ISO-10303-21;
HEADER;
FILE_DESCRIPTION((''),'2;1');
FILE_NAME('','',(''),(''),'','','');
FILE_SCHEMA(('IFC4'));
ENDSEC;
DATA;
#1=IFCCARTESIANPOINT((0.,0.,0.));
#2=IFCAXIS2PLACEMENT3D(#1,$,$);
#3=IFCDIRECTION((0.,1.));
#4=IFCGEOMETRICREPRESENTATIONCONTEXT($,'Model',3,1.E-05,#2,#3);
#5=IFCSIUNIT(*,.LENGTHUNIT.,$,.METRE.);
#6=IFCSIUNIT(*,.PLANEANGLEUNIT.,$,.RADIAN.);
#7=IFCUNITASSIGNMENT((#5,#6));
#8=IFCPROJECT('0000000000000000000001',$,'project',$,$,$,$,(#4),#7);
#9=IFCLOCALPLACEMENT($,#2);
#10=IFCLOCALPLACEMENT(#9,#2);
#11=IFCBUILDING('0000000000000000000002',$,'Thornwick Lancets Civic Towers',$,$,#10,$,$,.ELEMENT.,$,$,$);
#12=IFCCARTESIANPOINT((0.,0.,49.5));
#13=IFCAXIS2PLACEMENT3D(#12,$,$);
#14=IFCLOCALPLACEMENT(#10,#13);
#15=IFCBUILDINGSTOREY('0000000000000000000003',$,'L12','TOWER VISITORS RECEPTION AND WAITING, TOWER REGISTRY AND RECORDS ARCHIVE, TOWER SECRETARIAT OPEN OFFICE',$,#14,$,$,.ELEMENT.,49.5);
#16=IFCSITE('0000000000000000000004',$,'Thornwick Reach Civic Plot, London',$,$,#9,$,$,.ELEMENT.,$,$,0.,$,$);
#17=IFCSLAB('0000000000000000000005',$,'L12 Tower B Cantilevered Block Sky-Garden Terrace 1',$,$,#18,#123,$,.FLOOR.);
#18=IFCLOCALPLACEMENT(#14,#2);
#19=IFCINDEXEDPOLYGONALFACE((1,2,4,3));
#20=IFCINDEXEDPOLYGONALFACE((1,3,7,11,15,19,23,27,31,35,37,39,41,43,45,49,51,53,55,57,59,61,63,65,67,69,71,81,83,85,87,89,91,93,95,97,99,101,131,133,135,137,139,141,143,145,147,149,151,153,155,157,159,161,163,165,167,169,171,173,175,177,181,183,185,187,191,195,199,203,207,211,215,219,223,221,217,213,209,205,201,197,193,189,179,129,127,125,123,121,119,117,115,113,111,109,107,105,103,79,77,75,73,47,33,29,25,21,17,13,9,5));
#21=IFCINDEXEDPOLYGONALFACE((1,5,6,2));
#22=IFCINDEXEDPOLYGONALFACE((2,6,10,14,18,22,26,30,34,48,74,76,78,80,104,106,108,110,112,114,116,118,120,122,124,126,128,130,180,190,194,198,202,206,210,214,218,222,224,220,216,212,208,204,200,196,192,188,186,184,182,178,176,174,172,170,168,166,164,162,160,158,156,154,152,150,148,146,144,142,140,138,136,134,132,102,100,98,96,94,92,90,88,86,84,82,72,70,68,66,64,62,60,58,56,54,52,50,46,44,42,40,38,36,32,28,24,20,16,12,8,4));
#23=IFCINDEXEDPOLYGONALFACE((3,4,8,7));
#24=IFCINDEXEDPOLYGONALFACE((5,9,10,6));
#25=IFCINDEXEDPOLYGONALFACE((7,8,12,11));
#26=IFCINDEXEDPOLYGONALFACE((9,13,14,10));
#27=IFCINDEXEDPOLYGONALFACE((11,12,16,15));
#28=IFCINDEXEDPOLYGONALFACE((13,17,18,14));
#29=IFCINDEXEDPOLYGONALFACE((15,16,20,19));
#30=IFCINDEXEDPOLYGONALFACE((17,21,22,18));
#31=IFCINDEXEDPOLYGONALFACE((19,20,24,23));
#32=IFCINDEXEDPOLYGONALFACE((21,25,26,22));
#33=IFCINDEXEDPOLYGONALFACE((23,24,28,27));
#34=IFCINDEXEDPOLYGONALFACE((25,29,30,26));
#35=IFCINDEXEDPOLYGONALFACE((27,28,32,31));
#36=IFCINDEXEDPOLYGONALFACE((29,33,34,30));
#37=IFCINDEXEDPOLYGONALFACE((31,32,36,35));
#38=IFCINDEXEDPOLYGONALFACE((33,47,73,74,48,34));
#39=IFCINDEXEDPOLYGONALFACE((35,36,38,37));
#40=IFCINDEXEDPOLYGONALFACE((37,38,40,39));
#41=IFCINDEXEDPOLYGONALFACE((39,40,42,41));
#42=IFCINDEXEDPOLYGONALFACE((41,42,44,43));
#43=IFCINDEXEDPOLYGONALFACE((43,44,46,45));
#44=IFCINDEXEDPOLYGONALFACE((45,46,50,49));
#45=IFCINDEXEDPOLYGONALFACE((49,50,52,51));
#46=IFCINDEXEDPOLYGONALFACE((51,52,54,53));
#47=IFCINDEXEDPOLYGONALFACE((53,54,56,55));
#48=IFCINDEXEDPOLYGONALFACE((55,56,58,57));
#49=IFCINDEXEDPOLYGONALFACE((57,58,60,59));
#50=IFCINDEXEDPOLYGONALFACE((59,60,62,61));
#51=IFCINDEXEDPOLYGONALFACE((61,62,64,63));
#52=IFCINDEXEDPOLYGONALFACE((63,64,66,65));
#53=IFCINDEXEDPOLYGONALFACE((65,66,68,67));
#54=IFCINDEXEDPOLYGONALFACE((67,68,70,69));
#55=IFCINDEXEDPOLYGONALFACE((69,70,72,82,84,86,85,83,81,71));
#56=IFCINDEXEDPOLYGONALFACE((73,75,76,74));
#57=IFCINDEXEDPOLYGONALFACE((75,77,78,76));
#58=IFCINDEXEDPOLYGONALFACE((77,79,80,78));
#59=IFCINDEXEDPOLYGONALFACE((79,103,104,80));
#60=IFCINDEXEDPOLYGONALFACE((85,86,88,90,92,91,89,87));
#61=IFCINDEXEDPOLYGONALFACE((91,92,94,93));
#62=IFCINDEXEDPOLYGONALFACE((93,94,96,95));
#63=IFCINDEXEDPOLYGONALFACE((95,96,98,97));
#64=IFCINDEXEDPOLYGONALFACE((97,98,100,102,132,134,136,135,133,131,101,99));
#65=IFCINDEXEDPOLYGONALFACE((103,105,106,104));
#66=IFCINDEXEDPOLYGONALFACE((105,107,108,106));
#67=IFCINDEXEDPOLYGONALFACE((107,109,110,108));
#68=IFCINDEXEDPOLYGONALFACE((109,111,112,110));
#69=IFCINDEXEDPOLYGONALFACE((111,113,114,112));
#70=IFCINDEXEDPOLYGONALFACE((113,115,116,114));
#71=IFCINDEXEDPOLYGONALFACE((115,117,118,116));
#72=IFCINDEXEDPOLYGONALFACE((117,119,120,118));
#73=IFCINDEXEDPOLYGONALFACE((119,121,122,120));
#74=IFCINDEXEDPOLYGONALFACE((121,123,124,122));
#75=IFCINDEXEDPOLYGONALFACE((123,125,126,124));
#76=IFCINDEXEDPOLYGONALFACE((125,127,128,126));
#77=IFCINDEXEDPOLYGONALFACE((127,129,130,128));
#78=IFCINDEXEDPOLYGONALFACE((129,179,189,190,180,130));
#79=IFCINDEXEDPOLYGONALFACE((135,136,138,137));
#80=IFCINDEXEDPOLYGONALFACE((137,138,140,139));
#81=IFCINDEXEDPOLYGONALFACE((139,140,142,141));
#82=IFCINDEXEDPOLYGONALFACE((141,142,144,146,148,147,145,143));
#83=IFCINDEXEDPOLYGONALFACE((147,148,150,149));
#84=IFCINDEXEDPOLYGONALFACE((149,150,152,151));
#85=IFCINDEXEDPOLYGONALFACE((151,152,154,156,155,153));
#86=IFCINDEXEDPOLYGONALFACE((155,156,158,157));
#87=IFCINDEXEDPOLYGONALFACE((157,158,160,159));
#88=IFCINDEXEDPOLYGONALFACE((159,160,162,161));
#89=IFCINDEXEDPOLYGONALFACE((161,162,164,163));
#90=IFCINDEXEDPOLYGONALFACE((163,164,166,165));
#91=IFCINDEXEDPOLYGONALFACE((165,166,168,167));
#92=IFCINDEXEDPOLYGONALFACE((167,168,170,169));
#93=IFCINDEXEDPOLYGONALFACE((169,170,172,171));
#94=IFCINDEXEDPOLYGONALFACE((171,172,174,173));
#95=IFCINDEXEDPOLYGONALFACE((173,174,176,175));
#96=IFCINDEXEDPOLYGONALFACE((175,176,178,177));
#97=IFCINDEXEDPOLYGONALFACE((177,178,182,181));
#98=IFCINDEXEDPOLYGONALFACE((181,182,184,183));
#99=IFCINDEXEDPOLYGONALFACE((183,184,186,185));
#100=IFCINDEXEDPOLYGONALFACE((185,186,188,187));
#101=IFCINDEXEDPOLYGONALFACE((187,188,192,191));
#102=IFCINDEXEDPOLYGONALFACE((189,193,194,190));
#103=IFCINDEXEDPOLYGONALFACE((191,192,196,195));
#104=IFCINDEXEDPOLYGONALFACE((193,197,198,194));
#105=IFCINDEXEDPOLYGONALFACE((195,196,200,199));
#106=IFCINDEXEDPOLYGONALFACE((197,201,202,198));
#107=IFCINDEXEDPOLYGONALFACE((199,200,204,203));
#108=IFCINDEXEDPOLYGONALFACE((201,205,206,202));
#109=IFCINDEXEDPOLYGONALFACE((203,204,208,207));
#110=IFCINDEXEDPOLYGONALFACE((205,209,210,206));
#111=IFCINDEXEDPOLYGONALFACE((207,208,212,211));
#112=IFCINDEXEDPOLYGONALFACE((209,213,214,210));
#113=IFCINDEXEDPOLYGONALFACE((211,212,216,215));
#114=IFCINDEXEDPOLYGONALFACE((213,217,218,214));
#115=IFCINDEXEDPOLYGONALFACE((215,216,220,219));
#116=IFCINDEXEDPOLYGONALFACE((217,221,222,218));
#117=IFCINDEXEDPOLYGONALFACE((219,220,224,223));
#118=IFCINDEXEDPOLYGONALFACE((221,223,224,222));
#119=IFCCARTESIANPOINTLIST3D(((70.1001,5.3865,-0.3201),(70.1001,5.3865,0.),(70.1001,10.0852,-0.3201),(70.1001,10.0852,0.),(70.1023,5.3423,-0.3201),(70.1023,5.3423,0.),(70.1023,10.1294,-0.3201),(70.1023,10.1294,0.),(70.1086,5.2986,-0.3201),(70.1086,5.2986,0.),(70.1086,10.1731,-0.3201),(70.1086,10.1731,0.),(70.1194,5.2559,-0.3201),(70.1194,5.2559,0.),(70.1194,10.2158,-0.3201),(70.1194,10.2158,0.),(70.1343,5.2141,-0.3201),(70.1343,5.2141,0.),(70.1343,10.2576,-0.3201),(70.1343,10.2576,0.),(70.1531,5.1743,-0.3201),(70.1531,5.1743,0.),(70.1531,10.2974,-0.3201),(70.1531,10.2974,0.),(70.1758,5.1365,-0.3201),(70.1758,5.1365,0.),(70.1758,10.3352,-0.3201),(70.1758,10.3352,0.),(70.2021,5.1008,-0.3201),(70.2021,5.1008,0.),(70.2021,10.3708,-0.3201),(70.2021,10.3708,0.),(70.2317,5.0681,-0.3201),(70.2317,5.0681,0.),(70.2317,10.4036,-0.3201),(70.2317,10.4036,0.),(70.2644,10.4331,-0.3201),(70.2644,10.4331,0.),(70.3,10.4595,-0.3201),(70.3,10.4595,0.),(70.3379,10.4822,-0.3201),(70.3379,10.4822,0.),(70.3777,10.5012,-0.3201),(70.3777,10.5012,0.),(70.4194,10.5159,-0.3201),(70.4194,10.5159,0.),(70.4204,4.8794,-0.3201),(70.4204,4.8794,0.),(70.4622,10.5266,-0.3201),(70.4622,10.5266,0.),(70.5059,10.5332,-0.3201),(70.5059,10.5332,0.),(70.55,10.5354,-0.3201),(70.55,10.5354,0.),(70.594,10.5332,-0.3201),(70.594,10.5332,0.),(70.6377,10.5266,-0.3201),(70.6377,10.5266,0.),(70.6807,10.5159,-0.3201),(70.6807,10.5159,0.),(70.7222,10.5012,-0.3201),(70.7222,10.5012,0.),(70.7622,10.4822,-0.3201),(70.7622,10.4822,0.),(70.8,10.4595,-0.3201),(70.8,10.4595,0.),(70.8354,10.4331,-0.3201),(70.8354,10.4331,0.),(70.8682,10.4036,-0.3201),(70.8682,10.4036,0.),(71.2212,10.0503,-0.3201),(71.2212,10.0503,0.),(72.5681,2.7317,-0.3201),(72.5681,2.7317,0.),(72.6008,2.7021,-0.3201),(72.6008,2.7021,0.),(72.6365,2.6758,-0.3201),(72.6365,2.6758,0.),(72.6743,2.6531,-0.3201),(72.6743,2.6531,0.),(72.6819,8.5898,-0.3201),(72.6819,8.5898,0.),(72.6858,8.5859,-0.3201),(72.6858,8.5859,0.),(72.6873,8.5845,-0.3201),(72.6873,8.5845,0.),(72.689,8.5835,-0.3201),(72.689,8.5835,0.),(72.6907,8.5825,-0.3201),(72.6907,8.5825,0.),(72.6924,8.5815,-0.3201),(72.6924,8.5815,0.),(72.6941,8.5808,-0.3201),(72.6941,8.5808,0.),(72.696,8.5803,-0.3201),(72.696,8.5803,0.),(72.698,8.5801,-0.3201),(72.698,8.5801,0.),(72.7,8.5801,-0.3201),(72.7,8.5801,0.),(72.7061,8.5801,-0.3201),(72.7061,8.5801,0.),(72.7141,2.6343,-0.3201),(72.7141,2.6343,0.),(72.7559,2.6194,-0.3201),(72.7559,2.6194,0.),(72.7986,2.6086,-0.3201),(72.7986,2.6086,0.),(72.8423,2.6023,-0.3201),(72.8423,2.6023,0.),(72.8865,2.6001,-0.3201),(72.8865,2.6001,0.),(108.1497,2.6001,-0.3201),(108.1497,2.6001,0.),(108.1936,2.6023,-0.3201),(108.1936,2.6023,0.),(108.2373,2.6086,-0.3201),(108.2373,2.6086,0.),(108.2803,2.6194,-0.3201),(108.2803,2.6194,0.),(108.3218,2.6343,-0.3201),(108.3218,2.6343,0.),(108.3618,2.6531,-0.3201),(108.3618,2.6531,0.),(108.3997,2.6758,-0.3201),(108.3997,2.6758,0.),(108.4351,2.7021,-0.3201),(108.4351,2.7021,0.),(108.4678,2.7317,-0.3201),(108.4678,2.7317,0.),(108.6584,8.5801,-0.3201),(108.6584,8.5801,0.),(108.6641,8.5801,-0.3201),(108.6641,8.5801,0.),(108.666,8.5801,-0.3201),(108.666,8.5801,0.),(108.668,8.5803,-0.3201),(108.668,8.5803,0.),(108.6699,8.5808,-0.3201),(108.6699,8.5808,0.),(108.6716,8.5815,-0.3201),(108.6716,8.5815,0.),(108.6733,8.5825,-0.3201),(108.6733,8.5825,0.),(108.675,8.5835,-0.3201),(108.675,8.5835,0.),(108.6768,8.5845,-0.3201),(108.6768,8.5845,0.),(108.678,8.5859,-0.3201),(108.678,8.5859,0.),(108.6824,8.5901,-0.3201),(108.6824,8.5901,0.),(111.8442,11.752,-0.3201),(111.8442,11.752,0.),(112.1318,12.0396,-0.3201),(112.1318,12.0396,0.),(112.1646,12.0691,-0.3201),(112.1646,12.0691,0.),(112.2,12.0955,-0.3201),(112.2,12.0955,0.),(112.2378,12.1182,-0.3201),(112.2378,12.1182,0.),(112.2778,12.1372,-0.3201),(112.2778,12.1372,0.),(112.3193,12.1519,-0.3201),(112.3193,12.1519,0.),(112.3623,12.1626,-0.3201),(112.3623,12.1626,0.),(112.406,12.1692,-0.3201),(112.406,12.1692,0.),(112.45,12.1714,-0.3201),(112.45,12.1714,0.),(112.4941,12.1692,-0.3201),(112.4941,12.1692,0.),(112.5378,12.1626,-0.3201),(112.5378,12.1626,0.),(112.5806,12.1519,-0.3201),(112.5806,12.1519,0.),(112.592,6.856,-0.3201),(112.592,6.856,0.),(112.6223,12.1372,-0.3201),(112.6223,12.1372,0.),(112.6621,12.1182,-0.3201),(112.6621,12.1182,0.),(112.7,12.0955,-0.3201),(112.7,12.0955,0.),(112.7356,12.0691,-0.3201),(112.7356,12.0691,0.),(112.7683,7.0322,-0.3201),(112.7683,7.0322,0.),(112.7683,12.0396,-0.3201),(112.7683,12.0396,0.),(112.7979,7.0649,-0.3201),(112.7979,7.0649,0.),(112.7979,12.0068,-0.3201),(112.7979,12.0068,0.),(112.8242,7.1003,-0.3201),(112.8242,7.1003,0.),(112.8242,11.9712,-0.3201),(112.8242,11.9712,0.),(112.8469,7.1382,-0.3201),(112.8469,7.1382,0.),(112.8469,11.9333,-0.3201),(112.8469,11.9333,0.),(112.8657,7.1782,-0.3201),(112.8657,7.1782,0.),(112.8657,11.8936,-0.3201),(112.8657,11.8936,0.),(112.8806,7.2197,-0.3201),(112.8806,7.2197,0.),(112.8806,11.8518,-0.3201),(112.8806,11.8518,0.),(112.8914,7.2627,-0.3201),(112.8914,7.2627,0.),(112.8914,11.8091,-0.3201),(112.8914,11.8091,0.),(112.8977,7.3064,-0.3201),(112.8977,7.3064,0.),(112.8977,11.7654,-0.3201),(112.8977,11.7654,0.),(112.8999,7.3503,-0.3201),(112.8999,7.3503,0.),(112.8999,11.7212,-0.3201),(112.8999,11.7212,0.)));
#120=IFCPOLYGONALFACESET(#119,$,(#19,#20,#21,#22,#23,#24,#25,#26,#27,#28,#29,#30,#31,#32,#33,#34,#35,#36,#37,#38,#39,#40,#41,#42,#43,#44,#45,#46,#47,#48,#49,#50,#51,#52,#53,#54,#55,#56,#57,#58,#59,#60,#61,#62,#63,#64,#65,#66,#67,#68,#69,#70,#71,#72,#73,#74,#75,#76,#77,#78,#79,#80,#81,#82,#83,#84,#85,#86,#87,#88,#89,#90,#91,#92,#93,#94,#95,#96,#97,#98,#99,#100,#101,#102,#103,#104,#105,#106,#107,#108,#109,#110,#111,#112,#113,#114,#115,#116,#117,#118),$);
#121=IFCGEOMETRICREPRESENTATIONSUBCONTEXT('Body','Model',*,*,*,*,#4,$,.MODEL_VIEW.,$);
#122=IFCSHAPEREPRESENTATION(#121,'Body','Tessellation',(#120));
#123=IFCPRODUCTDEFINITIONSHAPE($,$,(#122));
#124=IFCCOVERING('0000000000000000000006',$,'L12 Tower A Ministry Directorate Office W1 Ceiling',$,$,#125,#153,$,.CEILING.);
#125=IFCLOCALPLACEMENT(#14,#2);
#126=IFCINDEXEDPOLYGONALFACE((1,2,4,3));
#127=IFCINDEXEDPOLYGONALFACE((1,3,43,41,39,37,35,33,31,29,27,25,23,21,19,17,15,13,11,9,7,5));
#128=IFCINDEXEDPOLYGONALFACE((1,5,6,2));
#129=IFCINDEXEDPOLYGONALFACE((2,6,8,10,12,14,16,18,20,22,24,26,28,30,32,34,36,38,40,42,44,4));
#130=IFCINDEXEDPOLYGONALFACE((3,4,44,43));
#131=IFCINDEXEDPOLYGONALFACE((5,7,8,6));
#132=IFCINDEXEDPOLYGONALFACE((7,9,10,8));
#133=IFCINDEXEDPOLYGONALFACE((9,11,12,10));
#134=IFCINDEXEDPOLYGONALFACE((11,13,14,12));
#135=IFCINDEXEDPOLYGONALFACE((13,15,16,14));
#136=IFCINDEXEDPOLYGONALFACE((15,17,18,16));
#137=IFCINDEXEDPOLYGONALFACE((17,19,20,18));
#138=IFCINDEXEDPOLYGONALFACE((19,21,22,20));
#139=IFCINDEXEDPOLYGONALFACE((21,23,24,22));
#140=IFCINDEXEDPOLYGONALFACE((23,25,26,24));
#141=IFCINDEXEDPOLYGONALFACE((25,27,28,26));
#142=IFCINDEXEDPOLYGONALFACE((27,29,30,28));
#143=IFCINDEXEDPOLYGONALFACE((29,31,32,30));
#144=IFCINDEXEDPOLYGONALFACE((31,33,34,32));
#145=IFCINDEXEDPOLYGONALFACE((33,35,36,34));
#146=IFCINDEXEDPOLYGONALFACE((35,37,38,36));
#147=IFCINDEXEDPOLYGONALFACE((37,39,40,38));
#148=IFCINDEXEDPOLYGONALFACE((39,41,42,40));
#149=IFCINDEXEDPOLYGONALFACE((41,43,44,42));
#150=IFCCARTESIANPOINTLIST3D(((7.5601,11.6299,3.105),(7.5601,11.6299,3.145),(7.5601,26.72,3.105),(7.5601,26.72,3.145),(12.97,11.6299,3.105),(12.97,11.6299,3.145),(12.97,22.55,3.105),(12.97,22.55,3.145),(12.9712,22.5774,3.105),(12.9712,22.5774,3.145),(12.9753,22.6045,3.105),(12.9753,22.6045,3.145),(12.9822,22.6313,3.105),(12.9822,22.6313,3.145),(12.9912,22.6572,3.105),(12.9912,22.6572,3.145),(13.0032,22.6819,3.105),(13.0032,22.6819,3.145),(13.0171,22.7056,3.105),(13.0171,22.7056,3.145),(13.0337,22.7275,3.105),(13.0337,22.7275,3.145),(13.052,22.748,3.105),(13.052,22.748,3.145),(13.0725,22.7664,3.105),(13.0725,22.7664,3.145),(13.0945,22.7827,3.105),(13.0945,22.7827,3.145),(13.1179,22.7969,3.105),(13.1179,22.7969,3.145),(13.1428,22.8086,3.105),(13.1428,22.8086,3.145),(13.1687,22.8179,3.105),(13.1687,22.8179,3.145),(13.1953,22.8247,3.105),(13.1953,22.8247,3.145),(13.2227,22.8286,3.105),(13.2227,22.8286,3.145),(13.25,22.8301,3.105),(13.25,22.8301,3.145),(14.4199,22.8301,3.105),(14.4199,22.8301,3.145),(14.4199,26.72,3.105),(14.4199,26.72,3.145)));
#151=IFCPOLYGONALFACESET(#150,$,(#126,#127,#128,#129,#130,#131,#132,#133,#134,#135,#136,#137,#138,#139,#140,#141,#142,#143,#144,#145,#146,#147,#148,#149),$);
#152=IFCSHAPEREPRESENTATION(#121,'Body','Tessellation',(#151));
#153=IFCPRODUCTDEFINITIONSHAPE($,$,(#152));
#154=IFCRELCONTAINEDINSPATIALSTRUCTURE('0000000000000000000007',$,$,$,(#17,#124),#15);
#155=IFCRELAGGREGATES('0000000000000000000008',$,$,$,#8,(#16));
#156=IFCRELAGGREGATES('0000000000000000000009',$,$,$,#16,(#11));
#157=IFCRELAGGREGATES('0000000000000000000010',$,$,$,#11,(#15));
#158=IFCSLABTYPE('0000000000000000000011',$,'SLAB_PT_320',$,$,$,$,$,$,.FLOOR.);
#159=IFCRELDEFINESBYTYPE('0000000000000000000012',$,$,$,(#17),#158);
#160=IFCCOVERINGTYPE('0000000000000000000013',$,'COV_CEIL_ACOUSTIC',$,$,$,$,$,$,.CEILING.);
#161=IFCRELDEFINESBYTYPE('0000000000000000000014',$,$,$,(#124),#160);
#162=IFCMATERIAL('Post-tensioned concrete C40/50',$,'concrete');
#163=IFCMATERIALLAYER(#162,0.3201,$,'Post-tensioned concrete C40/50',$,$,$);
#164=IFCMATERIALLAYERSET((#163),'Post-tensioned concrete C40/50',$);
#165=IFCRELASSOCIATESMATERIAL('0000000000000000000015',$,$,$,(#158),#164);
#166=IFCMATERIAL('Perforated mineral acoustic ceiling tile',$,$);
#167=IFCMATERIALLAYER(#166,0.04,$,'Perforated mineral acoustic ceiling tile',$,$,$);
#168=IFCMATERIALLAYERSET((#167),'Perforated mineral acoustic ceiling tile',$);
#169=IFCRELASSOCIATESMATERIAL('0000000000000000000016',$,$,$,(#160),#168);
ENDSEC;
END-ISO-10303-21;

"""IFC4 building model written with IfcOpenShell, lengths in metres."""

from ifc_helpers import new_model, si_unit, direction, frame, origin, place, context, subcontext, project, spatial, polyline, outline, extrude, material, layer, layer_set, type_object, element, save


model = new_model("IFC4")

# Units and contexts
model_context = context("Model", 3, precision=1e-05, world=origin(), true_north=direction((0.0, 1.0)))
body_context = subcontext(model_context, "Body", "Model", "MODEL_VIEW")
ifc_project = project(units=[si_unit("LENGTHUNIT", "METRE"), si_unit("PLANEANGLEUNIT", "RADIAN")], contexts=[model_context])

# Site, building, storey
site_placement = place(None, origin())
site = spatial("IfcSite", under=ifc_project, at=site_placement, Name="Thornwick Reach Civic Plot, London", CompositionType="ELEMENT", RefElevation=0.0)
building_placement = place(site_placement, origin())
building = spatial("IfcBuilding", under=site, at=building_placement, Name="Thornwick Lancets Civic Towers", CompositionType="ELEMENT")
storey_placement = place(building_placement, frame((0.0, 0.0, 49.5)))
storey = spatial("IfcBuildingStorey", under=building, at=storey_placement, Name="L12", Description="TOWER VISITORS RECEPTION AND WAITING, TOWER REGISTRY AND RECORDS ARCHIVE, TOWER SECRETARIAT OPEN OFFICE", CompositionType="ELEMENT", Elevation=49.5)

# Slab
ifc_material_1 = material(Name="Post-tensioned concrete C40/50", Category="concrete")
ifc_layer_1 = layer(ifc_material_1, 0.3201, Name="Post-tensioned concrete C40/50")
ifc_layer_set_1 = layer_set([ifc_layer_1], Name="Post-tensioned concrete C40/50")
slab_type_1 = type_object("IfcSlabType", Name="SLAB_PT_320", PredefinedType="FLOOR", material=ifc_layer_set_1)
slab_1_placement = place(storey_placement, frame((0.0, 0.0, -0.3201)))
element("IfcSlab", 1, at=slab_1_placement, inside=storey, type_object=slab_type_1, Name="L12 Tower B Cantilevered Block Sky-Garden Terrace 1", PredefinedType="FLOOR", context=body_context, shape_type="SweptSolid", body=[
    extrude(outline(polyline([(112.8977, 7.3064), (112.8914, 7.2627), (112.8806, 7.2197), (112.8657, 7.1782), (112.8469, 7.1382), (112.8242, 7.1003), (112.7979, 7.0649), (112.7683, 7.0322), (112.592, 6.856), (108.4678, 2.7317), (108.4351, 2.7021), (108.3997, 2.6758), (108.3618, 2.6531), (108.3218, 2.6343), (108.2803, 2.6194), (108.2373, 2.6086), (108.1936, 2.6023), (108.1497, 2.6001), (72.8865, 2.6001), (72.8423, 2.6023), (72.7986, 2.6086), (72.7559, 2.6194), (72.7141, 2.6343), (72.6743, 2.6531), (72.6365, 2.6758), (72.6008, 2.7021), (72.5681, 2.7317), (70.4204, 4.8794), (70.2317, 5.0681), (70.2021, 5.1008), (70.1758, 5.1365), (70.1531, 5.1743), (70.1343, 5.2141), (70.1194, 5.2559), (70.1086, 5.2986), (70.1023, 5.3423), (70.1001, 5.3865), (70.1001, 10.0852), (70.1023, 10.1294), (70.1086, 10.1731), (70.1194, 10.2158), (70.1343, 10.2576), (70.1531, 10.2974), (70.1758, 10.3352), (70.2021, 10.3708), (70.2317, 10.4036), (70.2644, 10.4331), (70.3, 10.4595), (70.3379, 10.4822), (70.3777, 10.5012), (70.4194, 10.5159), (70.4622, 10.5266), (70.5059, 10.5332), (70.55, 10.5354), (70.594, 10.5332), (70.6377, 10.5266), (70.6807, 10.5159), (70.7222, 10.5012), (70.7622, 10.4822), (70.8, 10.4595), (70.8354, 10.4331), (70.8682, 10.4036), (71.2212, 10.0503), (72.6819, 8.5898), (72.6858, 8.5859), (72.6873, 8.5845), (72.689, 8.5835), (72.6907, 8.5825), (72.6924, 8.5815), (72.6941, 8.5808), (72.696, 8.5803), (72.698, 8.5801), (72.7, 8.5801), (72.7061, 8.5801), (108.6584, 8.5801), (108.6641, 8.5801), (108.666, 8.5801), (108.668, 8.5803), (108.6699, 8.5808), (108.6716, 8.5815), (108.6733, 8.5825), (108.675, 8.5835), (108.6768, 8.5845), (108.678, 8.5859), (108.6824, 8.5901), (111.8442, 11.752), (112.1318, 12.0396), (112.1646, 12.0691), (112.2, 12.0955), (112.2378, 12.1182), (112.2778, 12.1372), (112.3193, 12.1519), (112.3623, 12.1626), (112.406, 12.1692), (112.45, 12.1714), (112.4941, 12.1692), (112.5378, 12.1626), (112.5806, 12.1519), (112.6223, 12.1372), (112.6621, 12.1182), (112.7, 12.0955), (112.7356, 12.0691), (112.7683, 12.0396), (112.7979, 12.0068), (112.8242, 11.9712), (112.8469, 11.9333), (112.8657, 11.8936), (112.8806, 11.8518), (112.8914, 11.8091), (112.8977, 11.7654), (112.8999, 11.7212), (112.8999, 7.3503), (112.8977, 7.3064)])), origin(), (0.0, 0.0, 1.0), 0.3201),
])

# Covering
ifc_material_2 = material(Name="Perforated mineral acoustic ceiling tile")
ifc_layer_2 = layer(ifc_material_2, 0.04, Name="Perforated mineral acoustic ceiling tile")
ifc_layer_set_2 = layer_set([ifc_layer_2], Name="Perforated mineral acoustic ceiling tile")
covering_type_1 = type_object("IfcCoveringType", Name="COV_CEIL_ACOUSTIC", PredefinedType="CEILING", material=ifc_layer_set_2)
covering_1_placement = place(storey_placement, frame((0.0, 0.0, 3.105)))
element("IfcCovering", 2, at=covering_1_placement, inside=storey, type_object=covering_type_1, Name="L12 Tower A Ministry Directorate Office W1 Ceiling", PredefinedType="CEILING", context=body_context, shape_type="SweptSolid", body=[
    extrude(outline(polyline([(14.4199, 26.72), (14.4199, 22.8301), (13.25, 22.8301), (13.2227, 22.8286), (13.1953, 22.8247), (13.1687, 22.8179), (13.1428, 22.8086), (13.1179, 22.7969), (13.0945, 22.7827), (13.0725, 22.7664), (13.052, 22.748), (13.0337, 22.7275), (13.0171, 22.7056), (13.0032, 22.6819), (12.9912, 22.6572), (12.9822, 22.6313), (12.9753, 22.6045), (12.9712, 22.5774), (12.97, 22.55), (12.97, 11.6299), (7.5601, 11.6299), (7.5601, 26.72), (14.4199, 26.72)])), origin(), (0.0, 0.0, 1.0), 0.04),
])

save(model, "model.ifc")
